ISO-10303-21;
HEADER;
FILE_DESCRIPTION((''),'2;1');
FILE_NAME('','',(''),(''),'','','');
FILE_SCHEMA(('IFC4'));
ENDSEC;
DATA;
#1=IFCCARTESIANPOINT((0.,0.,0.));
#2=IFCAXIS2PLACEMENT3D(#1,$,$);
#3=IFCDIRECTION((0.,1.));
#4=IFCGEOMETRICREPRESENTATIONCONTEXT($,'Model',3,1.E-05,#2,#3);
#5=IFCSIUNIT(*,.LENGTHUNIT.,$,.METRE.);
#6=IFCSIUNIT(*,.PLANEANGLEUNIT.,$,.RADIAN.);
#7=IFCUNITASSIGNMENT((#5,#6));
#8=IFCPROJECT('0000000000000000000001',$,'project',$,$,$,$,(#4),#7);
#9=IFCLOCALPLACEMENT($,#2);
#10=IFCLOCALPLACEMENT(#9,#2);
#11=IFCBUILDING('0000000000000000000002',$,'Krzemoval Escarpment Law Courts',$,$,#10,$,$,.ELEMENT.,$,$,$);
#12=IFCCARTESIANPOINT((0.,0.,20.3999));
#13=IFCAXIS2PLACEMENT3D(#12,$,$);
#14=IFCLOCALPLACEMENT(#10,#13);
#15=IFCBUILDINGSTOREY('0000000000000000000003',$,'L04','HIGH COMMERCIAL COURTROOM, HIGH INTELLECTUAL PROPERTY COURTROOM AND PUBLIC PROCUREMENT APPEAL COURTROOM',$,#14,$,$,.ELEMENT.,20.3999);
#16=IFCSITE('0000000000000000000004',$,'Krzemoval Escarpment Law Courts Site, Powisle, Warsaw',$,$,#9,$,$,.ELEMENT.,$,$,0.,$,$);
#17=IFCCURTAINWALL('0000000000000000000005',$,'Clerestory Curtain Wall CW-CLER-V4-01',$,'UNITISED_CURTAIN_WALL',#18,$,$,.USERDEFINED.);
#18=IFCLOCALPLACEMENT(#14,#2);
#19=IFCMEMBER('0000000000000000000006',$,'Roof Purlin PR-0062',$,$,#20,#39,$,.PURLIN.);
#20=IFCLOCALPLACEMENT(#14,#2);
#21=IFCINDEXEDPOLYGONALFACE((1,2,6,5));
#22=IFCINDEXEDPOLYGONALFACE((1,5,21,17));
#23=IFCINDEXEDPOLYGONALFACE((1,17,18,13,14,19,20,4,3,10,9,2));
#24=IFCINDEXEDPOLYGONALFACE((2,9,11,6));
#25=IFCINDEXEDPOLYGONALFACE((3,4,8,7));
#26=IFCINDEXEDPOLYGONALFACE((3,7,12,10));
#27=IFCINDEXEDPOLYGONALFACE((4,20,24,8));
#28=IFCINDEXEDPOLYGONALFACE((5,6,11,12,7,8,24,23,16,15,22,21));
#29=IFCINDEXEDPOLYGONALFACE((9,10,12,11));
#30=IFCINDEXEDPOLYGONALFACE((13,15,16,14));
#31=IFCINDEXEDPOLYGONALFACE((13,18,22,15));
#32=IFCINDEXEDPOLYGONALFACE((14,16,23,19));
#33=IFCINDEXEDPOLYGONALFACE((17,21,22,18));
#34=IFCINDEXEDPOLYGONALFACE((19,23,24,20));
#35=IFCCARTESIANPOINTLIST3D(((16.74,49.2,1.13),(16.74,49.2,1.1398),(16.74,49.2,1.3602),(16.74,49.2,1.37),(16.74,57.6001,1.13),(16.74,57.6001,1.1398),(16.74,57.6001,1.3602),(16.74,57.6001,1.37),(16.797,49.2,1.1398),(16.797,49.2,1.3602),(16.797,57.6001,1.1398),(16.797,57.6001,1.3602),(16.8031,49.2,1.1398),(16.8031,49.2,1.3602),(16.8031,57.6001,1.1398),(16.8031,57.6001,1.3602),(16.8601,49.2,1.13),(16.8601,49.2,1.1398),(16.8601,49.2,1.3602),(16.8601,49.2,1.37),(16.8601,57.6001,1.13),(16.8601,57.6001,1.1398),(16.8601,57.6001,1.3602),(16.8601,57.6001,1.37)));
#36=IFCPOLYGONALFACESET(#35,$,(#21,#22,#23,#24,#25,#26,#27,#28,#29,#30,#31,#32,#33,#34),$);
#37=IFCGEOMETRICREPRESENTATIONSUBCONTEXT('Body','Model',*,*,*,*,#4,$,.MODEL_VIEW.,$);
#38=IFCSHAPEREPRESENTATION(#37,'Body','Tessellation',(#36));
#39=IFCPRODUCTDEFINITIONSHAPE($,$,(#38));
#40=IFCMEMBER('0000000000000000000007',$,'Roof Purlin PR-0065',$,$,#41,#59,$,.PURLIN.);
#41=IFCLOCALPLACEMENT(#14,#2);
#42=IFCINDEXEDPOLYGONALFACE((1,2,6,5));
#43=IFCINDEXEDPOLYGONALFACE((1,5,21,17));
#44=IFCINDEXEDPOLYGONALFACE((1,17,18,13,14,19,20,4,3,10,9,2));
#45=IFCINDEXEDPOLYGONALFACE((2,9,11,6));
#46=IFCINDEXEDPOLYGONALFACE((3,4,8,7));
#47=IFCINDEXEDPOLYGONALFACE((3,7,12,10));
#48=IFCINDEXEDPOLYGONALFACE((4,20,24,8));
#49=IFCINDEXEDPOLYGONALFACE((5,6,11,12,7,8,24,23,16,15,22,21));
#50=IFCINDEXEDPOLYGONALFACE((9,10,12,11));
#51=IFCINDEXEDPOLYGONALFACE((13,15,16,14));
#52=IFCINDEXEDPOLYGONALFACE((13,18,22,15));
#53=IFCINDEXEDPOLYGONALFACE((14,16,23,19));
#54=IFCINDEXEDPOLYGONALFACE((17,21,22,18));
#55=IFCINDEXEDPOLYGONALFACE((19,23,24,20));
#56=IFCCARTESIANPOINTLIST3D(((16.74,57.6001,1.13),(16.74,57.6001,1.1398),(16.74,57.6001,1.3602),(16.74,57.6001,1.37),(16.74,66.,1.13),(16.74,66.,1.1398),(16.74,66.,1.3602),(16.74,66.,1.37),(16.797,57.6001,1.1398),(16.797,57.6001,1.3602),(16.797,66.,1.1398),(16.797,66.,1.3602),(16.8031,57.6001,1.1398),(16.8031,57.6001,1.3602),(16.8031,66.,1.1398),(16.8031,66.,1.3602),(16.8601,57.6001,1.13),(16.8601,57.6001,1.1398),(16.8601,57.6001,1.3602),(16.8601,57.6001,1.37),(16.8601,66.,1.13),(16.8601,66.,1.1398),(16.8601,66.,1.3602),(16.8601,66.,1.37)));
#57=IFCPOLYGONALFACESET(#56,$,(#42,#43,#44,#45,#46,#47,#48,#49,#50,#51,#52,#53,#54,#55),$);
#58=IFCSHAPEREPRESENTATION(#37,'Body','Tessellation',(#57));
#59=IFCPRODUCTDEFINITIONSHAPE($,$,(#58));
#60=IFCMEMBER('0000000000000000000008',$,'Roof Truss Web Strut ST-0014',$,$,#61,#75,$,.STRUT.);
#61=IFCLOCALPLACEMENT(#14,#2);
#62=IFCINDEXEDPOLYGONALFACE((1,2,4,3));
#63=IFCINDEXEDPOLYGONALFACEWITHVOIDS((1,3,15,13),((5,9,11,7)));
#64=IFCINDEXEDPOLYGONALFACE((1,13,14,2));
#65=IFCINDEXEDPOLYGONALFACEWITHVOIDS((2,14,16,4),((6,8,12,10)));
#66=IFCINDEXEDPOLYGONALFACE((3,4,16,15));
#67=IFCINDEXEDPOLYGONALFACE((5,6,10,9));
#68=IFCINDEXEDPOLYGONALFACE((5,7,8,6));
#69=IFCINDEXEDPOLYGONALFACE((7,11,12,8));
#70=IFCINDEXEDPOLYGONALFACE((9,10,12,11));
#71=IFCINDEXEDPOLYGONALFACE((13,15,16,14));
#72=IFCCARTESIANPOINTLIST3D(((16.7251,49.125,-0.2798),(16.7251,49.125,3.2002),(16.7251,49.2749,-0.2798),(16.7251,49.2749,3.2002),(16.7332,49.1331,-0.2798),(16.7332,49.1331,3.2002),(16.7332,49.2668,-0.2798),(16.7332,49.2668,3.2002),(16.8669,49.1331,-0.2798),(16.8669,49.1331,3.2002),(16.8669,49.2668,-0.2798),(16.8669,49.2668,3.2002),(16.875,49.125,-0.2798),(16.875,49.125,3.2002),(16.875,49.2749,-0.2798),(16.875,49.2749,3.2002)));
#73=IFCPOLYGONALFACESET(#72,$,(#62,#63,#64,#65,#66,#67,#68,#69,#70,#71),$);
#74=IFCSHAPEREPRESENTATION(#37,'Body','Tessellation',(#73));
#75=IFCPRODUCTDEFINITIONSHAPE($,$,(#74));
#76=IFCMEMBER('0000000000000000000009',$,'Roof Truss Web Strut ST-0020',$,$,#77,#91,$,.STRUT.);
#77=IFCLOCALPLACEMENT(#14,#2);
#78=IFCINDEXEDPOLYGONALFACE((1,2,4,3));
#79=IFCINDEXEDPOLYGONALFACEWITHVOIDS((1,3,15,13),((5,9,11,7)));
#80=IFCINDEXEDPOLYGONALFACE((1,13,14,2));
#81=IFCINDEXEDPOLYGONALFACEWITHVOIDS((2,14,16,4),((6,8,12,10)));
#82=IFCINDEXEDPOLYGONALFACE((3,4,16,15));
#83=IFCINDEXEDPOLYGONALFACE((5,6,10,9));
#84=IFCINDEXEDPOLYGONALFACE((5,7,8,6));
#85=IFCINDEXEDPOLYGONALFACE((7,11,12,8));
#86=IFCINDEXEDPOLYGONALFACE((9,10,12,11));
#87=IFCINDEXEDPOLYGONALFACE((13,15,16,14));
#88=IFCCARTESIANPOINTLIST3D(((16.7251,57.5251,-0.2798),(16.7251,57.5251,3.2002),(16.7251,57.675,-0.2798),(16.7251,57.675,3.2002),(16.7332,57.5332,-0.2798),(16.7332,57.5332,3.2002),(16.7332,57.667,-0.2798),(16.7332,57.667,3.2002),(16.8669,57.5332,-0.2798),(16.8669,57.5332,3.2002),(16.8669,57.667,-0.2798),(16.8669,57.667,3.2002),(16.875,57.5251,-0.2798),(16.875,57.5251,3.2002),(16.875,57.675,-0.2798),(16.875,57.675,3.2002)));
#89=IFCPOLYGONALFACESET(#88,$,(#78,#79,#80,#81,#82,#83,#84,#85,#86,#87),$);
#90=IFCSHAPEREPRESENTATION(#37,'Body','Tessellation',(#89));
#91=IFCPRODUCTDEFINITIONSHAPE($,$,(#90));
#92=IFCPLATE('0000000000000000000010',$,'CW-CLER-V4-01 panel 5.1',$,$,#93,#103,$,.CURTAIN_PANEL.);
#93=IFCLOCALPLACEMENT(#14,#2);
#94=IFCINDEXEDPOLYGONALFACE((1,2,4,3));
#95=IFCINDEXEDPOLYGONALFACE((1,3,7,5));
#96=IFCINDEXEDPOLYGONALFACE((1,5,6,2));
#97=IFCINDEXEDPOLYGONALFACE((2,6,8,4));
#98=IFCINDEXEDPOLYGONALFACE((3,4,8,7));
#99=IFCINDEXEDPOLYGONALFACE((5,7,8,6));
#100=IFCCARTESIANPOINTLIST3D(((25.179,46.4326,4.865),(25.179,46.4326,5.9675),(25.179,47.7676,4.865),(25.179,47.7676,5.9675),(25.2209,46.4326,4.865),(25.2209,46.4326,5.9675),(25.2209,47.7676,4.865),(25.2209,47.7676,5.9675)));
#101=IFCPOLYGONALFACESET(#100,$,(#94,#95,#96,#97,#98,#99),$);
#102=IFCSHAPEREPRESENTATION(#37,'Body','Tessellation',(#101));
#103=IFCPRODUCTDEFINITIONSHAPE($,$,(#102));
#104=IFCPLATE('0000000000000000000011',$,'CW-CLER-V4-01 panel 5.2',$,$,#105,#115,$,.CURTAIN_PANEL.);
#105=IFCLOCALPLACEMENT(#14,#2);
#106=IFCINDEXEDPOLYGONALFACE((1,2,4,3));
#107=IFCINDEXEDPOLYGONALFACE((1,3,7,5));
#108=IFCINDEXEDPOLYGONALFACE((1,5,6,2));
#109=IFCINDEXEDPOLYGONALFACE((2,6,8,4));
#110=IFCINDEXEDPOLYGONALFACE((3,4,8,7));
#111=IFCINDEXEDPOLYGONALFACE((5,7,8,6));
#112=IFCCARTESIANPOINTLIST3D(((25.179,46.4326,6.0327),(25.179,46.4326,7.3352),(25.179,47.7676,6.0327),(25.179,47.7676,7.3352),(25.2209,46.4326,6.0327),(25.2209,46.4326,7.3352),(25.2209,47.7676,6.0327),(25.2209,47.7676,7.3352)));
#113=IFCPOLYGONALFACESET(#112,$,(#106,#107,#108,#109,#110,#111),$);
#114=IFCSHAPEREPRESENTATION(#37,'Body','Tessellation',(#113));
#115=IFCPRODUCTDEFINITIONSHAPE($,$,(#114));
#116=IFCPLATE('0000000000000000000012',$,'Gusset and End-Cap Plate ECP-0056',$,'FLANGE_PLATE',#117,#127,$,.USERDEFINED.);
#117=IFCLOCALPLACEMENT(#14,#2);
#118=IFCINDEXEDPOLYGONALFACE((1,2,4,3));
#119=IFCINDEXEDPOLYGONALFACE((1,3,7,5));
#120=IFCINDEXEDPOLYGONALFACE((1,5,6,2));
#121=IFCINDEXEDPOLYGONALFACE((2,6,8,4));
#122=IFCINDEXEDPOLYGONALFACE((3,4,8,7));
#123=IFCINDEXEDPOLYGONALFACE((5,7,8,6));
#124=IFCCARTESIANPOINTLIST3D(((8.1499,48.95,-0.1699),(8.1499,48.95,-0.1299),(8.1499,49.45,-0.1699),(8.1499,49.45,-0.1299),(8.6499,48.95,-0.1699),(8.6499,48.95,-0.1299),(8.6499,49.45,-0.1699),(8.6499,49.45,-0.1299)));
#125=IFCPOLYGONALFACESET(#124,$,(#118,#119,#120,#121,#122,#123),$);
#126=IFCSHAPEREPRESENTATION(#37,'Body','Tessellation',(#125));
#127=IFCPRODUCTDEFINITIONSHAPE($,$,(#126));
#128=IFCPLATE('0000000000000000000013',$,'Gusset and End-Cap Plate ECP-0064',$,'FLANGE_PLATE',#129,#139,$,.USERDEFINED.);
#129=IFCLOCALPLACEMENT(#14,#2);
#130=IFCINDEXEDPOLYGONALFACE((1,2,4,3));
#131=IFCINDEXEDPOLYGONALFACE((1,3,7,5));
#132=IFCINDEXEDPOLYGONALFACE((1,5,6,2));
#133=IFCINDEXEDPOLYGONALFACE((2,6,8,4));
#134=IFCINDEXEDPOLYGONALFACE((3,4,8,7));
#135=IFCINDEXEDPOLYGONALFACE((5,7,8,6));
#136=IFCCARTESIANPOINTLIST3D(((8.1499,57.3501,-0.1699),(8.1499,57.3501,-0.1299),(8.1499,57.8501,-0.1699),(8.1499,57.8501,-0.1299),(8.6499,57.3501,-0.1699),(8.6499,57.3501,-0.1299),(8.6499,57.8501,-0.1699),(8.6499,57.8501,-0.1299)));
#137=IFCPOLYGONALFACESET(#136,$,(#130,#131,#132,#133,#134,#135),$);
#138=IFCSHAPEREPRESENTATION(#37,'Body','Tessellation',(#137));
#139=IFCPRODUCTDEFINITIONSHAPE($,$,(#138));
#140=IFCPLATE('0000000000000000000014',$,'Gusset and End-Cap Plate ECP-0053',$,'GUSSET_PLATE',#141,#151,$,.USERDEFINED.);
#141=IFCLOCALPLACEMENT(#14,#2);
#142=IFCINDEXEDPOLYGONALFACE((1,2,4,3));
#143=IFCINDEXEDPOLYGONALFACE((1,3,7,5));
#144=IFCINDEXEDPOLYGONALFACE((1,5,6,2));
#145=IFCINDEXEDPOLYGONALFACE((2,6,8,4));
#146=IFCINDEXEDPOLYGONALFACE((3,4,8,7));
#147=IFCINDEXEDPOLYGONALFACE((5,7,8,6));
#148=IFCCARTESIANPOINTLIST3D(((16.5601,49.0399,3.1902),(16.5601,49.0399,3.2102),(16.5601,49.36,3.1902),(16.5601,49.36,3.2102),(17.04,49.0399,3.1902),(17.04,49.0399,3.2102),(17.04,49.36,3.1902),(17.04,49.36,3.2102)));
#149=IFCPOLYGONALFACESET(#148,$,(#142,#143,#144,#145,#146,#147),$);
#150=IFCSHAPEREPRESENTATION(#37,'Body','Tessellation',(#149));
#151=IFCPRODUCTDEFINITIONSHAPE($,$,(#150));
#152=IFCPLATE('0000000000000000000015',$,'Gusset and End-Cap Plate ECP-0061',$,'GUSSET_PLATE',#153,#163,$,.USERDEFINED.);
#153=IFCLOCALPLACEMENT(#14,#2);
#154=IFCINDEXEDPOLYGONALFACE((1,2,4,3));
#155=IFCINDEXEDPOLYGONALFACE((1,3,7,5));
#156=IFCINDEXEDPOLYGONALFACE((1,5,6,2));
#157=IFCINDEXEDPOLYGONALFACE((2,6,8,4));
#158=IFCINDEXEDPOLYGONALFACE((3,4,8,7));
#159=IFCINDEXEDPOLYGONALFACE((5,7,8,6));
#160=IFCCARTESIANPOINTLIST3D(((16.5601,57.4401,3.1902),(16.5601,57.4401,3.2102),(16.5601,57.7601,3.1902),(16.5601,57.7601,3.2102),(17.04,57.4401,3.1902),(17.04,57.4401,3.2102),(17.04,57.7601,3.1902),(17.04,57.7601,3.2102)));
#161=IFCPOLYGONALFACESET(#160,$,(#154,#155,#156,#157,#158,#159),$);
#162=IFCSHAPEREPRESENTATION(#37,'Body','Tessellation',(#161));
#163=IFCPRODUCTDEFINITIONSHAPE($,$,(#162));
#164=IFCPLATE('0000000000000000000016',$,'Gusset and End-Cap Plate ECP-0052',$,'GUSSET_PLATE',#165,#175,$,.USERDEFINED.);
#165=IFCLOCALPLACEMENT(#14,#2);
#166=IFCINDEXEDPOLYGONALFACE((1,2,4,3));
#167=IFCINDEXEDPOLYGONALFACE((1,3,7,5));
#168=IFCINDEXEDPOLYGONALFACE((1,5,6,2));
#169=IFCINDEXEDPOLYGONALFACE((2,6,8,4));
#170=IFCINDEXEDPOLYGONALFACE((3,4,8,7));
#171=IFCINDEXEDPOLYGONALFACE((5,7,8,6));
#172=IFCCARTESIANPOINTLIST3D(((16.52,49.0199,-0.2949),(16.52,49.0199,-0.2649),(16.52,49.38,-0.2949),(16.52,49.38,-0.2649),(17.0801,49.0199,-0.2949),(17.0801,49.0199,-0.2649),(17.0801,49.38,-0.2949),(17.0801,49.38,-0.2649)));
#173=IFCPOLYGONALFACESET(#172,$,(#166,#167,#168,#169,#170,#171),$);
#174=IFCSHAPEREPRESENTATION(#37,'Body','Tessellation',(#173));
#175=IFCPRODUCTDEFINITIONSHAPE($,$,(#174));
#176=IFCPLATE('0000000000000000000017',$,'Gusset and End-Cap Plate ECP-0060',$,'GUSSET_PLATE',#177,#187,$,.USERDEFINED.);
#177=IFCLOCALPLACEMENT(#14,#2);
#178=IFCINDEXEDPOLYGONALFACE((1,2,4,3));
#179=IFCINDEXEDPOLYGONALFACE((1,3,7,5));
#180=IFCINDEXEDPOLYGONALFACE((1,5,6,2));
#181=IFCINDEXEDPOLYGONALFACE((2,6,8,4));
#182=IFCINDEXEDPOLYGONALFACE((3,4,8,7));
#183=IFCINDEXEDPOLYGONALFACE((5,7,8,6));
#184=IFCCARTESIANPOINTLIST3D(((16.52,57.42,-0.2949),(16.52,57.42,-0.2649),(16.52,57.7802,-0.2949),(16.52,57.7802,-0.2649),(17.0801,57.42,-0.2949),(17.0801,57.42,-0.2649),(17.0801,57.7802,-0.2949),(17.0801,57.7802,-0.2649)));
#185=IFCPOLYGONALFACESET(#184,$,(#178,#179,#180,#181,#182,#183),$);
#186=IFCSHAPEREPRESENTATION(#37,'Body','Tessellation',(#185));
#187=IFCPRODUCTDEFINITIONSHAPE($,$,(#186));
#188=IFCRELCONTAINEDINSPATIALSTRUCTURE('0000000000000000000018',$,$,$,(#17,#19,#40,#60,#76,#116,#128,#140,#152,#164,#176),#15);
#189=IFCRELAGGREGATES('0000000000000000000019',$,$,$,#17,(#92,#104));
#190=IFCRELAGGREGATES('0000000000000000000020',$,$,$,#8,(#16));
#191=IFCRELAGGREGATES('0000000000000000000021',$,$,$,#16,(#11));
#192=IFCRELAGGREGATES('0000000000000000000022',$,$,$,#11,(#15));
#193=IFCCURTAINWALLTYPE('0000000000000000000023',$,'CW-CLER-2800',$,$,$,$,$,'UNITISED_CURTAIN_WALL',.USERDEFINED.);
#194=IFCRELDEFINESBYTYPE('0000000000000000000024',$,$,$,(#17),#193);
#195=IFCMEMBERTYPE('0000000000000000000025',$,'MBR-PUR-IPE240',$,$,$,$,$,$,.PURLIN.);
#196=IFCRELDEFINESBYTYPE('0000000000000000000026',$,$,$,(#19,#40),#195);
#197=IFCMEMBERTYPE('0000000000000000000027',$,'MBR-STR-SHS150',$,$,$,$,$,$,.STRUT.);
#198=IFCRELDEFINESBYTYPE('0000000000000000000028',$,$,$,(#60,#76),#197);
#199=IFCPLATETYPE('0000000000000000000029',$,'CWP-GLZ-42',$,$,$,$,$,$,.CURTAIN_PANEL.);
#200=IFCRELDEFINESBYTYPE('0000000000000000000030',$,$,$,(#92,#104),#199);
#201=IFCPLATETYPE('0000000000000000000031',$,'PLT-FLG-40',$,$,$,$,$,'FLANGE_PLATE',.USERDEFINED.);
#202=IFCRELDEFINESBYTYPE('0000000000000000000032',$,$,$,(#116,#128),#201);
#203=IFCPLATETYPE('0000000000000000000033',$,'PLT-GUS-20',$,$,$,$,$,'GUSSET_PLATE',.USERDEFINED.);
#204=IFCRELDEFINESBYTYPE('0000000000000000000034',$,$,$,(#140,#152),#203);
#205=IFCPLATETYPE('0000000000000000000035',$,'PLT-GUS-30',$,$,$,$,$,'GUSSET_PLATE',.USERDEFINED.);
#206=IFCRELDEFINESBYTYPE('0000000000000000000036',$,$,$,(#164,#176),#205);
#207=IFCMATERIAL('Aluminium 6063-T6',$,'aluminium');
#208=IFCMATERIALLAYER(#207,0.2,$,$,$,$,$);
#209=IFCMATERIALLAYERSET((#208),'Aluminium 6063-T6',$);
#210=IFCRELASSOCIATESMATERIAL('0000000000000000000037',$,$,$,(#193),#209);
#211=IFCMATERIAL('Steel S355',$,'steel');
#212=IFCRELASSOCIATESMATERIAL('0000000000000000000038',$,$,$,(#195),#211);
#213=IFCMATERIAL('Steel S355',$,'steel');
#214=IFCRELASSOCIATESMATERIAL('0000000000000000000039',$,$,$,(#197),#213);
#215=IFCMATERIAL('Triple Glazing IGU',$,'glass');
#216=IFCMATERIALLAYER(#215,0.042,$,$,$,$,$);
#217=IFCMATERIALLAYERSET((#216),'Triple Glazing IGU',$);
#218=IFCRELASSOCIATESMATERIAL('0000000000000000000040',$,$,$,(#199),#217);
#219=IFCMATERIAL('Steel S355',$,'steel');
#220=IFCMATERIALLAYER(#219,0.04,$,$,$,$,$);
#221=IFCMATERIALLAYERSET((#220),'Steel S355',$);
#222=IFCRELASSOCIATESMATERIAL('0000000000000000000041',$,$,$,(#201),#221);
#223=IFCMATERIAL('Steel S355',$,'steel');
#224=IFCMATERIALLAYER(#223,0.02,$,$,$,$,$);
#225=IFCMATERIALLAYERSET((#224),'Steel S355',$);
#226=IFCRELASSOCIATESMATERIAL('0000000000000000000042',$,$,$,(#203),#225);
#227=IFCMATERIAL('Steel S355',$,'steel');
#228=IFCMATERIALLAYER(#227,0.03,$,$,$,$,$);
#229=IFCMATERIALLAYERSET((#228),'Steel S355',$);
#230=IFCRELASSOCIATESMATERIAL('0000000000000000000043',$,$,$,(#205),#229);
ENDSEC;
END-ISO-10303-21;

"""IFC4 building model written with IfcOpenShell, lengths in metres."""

from ifc_helpers import new_model, si_unit, direction, frame, origin, origin_2d, place, context, subcontext, project, spatial, rectangle, hollow_rectangle, i_section, extrude, material, layer, layer_set, material_profile, profile_set, type_object, element, aggregate, save


model = new_model("IFC4")

# Units and contexts
model_context = context("Model", 3, precision=1e-05, world=origin(), true_north=direction((0.0, 1.0)))
body_context = subcontext(model_context, "Body", "Model", "MODEL_VIEW")
ifc_project = project(units=[si_unit("LENGTHUNIT", "METRE"), si_unit("PLANEANGLEUNIT", "RADIAN")], contexts=[model_context])

# Site, building, storey
site_placement = place(None, origin())
site = spatial("IfcSite", under=ifc_project, at=site_placement, Name="Krzemoval Escarpment Law Courts Site, Powisle, Warsaw", CompositionType="ELEMENT", RefElevation=0.0)
building_placement = place(site_placement, origin())
building = spatial("IfcBuilding", under=site, at=building_placement, Name="Krzemoval Escarpment Law Courts", CompositionType="ELEMENT")
storey_placement = place(building_placement, frame((0.0, 0.0, 20.3999)))
storey = spatial("IfcBuildingStorey", under=building, at=storey_placement, Name="L04", Description="HIGH COMMERCIAL COURTROOM, HIGH INTELLECTUAL PROPERTY COURTROOM AND PUBLIC PROCUREMENT APPEAL COURTROOM", CompositionType="ELEMENT", Elevation=20.3999)

# Curtain wall
ifc_material_1 = material(Name="Aluminium 6063-T6", Category="aluminium")
ifc_layer_1 = layer(ifc_material_1, 0.2)
ifc_layer_set_1 = layer_set([ifc_layer_1], Name="Aluminium 6063-T6")
curtain_wall_type = type_object("IfcCurtainWallType", Name="CW-CLER-2800", ElementType="UNITISED_CURTAIN_WALL", PredefinedType="USERDEFINED", material=ifc_layer_set_1)
curtain_wall_placement = place(storey_placement, origin())
curtain_wall = element("IfcCurtainWall", 1, at=curtain_wall_placement, inside=storey, type_object=curtain_wall_type, Name="Clerestory Curtain Wall CW-CLER-V4-01", ObjectType="UNITISED_CURTAIN_WALL", PredefinedType="USERDEFINED")

# Members
ifc_material_2 = material(Name="Steel S355", Category="steel")
ifc_material_profile_1 = material_profile(ifc_material_2, i_section(OverallWidth=0.1201, OverallDepth=0.24, WebThickness=0.0061, FlangeThickness=0.0098, at=origin_2d()), Name="IPE 240")
ifc_profile_set_1 = profile_set([ifc_material_profile_1], Name="Steel S355")
member_type_1 = type_object("IfcMemberType", Name="MBR-PUR-IPE240", PredefinedType="PURLIN", material=ifc_profile_set_1)
member_1_placement = place(storey_placement, frame((16.8, 49.2, 1.25), z_axis=(0.0, 1.0, 0.0), x_axis=(-1.0, 0.0, 0.0)))
element("IfcMember", 2, at=member_1_placement, inside=storey, type_object=member_type_1, Name="Roof Purlin PR-0062", PredefinedType="PURLIN", context=body_context, shape_type="SweptSolid", body=[
    extrude(i_section(OverallWidth=0.1201, OverallDepth=0.24, WebThickness=0.0061, FlangeThickness=0.0098, at=origin_2d()), origin(), (0.0, 0.0, 1.0), 8.4001),
])
member_2_placement = place(storey_placement, frame((16.8, 57.6001, 1.25), z_axis=(0.0, 1.0, 0.0), x_axis=(-1.0, 0.0, 0.0)))
element("IfcMember", 3, at=member_2_placement, inside=storey, type_object=member_type_1, Name="Roof Purlin PR-0065", PredefinedType="PURLIN", context=body_context, shape_type="SweptSolid", body=[
    extrude(i_section(OverallWidth=0.1201, OverallDepth=0.24, WebThickness=0.0061, FlangeThickness=0.0098, at=origin_2d()), origin(), (0.0, 0.0, 1.0), 8.3999),
])
ifc_material_3 = material(Name="Steel S355", Category="steel")
ifc_material_profile_2 = material_profile(ifc_material_3, hollow_rectangle(XDim=0.1499, YDim=0.1499, WallThickness=0.0081, at=origin_2d()), Name="SHS 150x150x8")
ifc_profile_set_2 = profile_set([ifc_material_profile_2], Name="Steel S355")
member_type_2 = type_object("IfcMemberType", Name="MBR-STR-SHS150", PredefinedType="STRUT", material=ifc_profile_set_2)
for number, where, z_axis, x_axis, name in (
    (4, (16.8, 49.2, -0.2798), (0.0, 0.0, 1.0), (1.0, 0.0, 0.0), "Roof Truss Web Strut ST-0014"),
    (5, (16.8, 57.6001, -0.2798), (0.0, 0.0, 1.0), (1.0, 0.0, 0.0), "Roof Truss Web Strut ST-0020"),
):
    element("IfcMember", number, at=place(storey_placement, frame(where, z_axis=z_axis, x_axis=x_axis)), inside=storey, type_object=member_type_2, Name=name, PredefinedType="STRUT", context=body_context, shape_type="SweptSolid", body=[
        extrude(hollow_rectangle(XDim=0.1499, YDim=0.1499, WallThickness=0.0081, at=origin_2d()), origin(), (0.0, 0.0, 1.0), 3.48),
    ])

# Plates
ifc_material_4 = material(Name="Triple Glazing IGU", Category="glass")
ifc_layer_2 = layer(ifc_material_4, 0.042)
ifc_layer_set_2 = layer_set([ifc_layer_2], Name="Triple Glazing IGU")
plate_type_1 = type_object("IfcPlateType", Name="CWP-GLZ-42", PredefinedType="CURTAIN_PANEL", material=ifc_layer_set_2)
plate_1_placement = place(storey_placement, frame((25.2, 47.1001, 4.865), z_axis=(0.0, 0.0, 1.0), x_axis=(0.0, 1.0, 0.0)))
plate_1 = element("IfcPlate", 6, at=plate_1_placement, type_object=plate_type_1, Name="CW-CLER-V4-01 panel 5.1", PredefinedType="CURTAIN_PANEL", context=body_context, shape_type="SweptSolid", body=[
    extrude(rectangle(XDim=1.335, YDim=0.042, at=origin_2d()), origin(), (0.0, 0.0, 1.0), 1.1025),
])
plate_2_placement = place(storey_placement, frame((25.2, 47.1001, 6.0327), z_axis=(0.0, 0.0, 1.0), x_axis=(0.0, 1.0, 0.0)))
plate_2 = element("IfcPlate", 7, at=plate_2_placement, type_object=plate_type_1, Name="CW-CLER-V4-01 panel 5.2", PredefinedType="CURTAIN_PANEL", context=body_context, shape_type="SweptSolid", body=[
    extrude(rectangle(XDim=1.335, YDim=0.042, at=origin_2d()), origin(), (0.0, 0.0, 1.0), 1.3025),
])
aggregate(curtain_wall, [plate_1, plate_2])

# Plates
ifc_material_5 = material(Name="Steel S355", Category="steel")
ifc_layer_3 = layer(ifc_material_5, 0.04)
ifc_layer_set_3 = layer_set([ifc_layer_3], Name="Steel S355")
plate_type_2 = type_object("IfcPlateType", Name="PLT-FLG-40", ElementType="FLANGE_PLATE", PredefinedType="USERDEFINED", material=ifc_layer_set_3)
for number, where, z_axis, x_axis, name in (
    (8, (8.3999, 49.2, -0.1699), (0.0, 0.0, 1.0), (1.0, 0.0, 0.0), "Gusset and End-Cap Plate ECP-0056"),
    (9, (8.3999, 57.6001, -0.1699), (0.0, 0.0, 1.0), (1.0, 0.0, 0.0), "Gusset and End-Cap Plate ECP-0064"),
):
    element("IfcPlate", number, at=place(storey_placement, frame(where, z_axis=z_axis, x_axis=x_axis)), inside=storey, type_object=plate_type_2, Name=name, ObjectType="FLANGE_PLATE", PredefinedType="USERDEFINED", context=body_context, shape_type="SweptSolid", body=[
        extrude(rectangle(XDim=0.5, YDim=0.5, at=origin_2d()), origin(), (0.0, 0.0, 1.0), 0.04),
    ])
ifc_material_6 = material(Name="Steel S355", Category="steel")
ifc_layer_4 = layer(ifc_material_6, 0.02)
ifc_layer_set_4 = layer_set([ifc_layer_4], Name="Steel S355")
plate_type_3 = type_object("IfcPlateType", Name="PLT-GUS-20", ElementType="GUSSET_PLATE", PredefinedType="USERDEFINED", material=ifc_layer_set_4)
for number, where, z_axis, x_axis, name in (
    (10, (16.8, 49.2, 3.1902), (0.0, 0.0, 1.0), (1.0, 0.0, 0.0), "Gusset and End-Cap Plate ECP-0053"),
    (11, (16.8, 57.6001, 3.1902), (0.0, 0.0, 1.0), (1.0, 0.0, 0.0), "Gusset and End-Cap Plate ECP-0061"),
):
    element("IfcPlate", number, at=place(storey_placement, frame(where, z_axis=z_axis, x_axis=x_axis)), inside=storey, type_object=plate_type_3, Name=name, ObjectType="GUSSET_PLATE", PredefinedType="USERDEFINED", context=body_context, shape_type="SweptSolid", body=[
        extrude(rectangle(XDim=0.48, YDim=0.3201, at=origin_2d()), origin(), (0.0, 0.0, 1.0), 0.02),
    ])
ifc_material_7 = material(Name="Steel S355", Category="steel")
ifc_layer_5 = layer(ifc_material_7, 0.03)
ifc_layer_set_5 = layer_set([ifc_layer_5], Name="Steel S355")
plate_type_4 = type_object("IfcPlateType", Name="PLT-GUS-30", ElementType="GUSSET_PLATE", PredefinedType="USERDEFINED", material=ifc_layer_set_5)
for number, where, z_axis, x_axis, name in (
    (12, (16.8, 49.2, -0.2949), (0.0, 0.0, 1.0), (1.0, 0.0, 0.0), "Gusset and End-Cap Plate ECP-0052"),
    (13, (16.8, 57.6001, -0.2949), (0.0, 0.0, 1.0), (1.0, 0.0, 0.0), "Gusset and End-Cap Plate ECP-0060"),
):
    element("IfcPlate", number, at=place(storey_placement, frame(where, z_axis=z_axis, x_axis=x_axis)), inside=storey, type_object=plate_type_4, Name=name, ObjectType="GUSSET_PLATE", PredefinedType="USERDEFINED", context=body_context, shape_type="SweptSolid", body=[
        extrude(rectangle(XDim=0.5601, YDim=0.3601, at=origin_2d()), origin(), (0.0, 0.0, 1.0), 0.03),
    ])

save(model, "model.ifc")
